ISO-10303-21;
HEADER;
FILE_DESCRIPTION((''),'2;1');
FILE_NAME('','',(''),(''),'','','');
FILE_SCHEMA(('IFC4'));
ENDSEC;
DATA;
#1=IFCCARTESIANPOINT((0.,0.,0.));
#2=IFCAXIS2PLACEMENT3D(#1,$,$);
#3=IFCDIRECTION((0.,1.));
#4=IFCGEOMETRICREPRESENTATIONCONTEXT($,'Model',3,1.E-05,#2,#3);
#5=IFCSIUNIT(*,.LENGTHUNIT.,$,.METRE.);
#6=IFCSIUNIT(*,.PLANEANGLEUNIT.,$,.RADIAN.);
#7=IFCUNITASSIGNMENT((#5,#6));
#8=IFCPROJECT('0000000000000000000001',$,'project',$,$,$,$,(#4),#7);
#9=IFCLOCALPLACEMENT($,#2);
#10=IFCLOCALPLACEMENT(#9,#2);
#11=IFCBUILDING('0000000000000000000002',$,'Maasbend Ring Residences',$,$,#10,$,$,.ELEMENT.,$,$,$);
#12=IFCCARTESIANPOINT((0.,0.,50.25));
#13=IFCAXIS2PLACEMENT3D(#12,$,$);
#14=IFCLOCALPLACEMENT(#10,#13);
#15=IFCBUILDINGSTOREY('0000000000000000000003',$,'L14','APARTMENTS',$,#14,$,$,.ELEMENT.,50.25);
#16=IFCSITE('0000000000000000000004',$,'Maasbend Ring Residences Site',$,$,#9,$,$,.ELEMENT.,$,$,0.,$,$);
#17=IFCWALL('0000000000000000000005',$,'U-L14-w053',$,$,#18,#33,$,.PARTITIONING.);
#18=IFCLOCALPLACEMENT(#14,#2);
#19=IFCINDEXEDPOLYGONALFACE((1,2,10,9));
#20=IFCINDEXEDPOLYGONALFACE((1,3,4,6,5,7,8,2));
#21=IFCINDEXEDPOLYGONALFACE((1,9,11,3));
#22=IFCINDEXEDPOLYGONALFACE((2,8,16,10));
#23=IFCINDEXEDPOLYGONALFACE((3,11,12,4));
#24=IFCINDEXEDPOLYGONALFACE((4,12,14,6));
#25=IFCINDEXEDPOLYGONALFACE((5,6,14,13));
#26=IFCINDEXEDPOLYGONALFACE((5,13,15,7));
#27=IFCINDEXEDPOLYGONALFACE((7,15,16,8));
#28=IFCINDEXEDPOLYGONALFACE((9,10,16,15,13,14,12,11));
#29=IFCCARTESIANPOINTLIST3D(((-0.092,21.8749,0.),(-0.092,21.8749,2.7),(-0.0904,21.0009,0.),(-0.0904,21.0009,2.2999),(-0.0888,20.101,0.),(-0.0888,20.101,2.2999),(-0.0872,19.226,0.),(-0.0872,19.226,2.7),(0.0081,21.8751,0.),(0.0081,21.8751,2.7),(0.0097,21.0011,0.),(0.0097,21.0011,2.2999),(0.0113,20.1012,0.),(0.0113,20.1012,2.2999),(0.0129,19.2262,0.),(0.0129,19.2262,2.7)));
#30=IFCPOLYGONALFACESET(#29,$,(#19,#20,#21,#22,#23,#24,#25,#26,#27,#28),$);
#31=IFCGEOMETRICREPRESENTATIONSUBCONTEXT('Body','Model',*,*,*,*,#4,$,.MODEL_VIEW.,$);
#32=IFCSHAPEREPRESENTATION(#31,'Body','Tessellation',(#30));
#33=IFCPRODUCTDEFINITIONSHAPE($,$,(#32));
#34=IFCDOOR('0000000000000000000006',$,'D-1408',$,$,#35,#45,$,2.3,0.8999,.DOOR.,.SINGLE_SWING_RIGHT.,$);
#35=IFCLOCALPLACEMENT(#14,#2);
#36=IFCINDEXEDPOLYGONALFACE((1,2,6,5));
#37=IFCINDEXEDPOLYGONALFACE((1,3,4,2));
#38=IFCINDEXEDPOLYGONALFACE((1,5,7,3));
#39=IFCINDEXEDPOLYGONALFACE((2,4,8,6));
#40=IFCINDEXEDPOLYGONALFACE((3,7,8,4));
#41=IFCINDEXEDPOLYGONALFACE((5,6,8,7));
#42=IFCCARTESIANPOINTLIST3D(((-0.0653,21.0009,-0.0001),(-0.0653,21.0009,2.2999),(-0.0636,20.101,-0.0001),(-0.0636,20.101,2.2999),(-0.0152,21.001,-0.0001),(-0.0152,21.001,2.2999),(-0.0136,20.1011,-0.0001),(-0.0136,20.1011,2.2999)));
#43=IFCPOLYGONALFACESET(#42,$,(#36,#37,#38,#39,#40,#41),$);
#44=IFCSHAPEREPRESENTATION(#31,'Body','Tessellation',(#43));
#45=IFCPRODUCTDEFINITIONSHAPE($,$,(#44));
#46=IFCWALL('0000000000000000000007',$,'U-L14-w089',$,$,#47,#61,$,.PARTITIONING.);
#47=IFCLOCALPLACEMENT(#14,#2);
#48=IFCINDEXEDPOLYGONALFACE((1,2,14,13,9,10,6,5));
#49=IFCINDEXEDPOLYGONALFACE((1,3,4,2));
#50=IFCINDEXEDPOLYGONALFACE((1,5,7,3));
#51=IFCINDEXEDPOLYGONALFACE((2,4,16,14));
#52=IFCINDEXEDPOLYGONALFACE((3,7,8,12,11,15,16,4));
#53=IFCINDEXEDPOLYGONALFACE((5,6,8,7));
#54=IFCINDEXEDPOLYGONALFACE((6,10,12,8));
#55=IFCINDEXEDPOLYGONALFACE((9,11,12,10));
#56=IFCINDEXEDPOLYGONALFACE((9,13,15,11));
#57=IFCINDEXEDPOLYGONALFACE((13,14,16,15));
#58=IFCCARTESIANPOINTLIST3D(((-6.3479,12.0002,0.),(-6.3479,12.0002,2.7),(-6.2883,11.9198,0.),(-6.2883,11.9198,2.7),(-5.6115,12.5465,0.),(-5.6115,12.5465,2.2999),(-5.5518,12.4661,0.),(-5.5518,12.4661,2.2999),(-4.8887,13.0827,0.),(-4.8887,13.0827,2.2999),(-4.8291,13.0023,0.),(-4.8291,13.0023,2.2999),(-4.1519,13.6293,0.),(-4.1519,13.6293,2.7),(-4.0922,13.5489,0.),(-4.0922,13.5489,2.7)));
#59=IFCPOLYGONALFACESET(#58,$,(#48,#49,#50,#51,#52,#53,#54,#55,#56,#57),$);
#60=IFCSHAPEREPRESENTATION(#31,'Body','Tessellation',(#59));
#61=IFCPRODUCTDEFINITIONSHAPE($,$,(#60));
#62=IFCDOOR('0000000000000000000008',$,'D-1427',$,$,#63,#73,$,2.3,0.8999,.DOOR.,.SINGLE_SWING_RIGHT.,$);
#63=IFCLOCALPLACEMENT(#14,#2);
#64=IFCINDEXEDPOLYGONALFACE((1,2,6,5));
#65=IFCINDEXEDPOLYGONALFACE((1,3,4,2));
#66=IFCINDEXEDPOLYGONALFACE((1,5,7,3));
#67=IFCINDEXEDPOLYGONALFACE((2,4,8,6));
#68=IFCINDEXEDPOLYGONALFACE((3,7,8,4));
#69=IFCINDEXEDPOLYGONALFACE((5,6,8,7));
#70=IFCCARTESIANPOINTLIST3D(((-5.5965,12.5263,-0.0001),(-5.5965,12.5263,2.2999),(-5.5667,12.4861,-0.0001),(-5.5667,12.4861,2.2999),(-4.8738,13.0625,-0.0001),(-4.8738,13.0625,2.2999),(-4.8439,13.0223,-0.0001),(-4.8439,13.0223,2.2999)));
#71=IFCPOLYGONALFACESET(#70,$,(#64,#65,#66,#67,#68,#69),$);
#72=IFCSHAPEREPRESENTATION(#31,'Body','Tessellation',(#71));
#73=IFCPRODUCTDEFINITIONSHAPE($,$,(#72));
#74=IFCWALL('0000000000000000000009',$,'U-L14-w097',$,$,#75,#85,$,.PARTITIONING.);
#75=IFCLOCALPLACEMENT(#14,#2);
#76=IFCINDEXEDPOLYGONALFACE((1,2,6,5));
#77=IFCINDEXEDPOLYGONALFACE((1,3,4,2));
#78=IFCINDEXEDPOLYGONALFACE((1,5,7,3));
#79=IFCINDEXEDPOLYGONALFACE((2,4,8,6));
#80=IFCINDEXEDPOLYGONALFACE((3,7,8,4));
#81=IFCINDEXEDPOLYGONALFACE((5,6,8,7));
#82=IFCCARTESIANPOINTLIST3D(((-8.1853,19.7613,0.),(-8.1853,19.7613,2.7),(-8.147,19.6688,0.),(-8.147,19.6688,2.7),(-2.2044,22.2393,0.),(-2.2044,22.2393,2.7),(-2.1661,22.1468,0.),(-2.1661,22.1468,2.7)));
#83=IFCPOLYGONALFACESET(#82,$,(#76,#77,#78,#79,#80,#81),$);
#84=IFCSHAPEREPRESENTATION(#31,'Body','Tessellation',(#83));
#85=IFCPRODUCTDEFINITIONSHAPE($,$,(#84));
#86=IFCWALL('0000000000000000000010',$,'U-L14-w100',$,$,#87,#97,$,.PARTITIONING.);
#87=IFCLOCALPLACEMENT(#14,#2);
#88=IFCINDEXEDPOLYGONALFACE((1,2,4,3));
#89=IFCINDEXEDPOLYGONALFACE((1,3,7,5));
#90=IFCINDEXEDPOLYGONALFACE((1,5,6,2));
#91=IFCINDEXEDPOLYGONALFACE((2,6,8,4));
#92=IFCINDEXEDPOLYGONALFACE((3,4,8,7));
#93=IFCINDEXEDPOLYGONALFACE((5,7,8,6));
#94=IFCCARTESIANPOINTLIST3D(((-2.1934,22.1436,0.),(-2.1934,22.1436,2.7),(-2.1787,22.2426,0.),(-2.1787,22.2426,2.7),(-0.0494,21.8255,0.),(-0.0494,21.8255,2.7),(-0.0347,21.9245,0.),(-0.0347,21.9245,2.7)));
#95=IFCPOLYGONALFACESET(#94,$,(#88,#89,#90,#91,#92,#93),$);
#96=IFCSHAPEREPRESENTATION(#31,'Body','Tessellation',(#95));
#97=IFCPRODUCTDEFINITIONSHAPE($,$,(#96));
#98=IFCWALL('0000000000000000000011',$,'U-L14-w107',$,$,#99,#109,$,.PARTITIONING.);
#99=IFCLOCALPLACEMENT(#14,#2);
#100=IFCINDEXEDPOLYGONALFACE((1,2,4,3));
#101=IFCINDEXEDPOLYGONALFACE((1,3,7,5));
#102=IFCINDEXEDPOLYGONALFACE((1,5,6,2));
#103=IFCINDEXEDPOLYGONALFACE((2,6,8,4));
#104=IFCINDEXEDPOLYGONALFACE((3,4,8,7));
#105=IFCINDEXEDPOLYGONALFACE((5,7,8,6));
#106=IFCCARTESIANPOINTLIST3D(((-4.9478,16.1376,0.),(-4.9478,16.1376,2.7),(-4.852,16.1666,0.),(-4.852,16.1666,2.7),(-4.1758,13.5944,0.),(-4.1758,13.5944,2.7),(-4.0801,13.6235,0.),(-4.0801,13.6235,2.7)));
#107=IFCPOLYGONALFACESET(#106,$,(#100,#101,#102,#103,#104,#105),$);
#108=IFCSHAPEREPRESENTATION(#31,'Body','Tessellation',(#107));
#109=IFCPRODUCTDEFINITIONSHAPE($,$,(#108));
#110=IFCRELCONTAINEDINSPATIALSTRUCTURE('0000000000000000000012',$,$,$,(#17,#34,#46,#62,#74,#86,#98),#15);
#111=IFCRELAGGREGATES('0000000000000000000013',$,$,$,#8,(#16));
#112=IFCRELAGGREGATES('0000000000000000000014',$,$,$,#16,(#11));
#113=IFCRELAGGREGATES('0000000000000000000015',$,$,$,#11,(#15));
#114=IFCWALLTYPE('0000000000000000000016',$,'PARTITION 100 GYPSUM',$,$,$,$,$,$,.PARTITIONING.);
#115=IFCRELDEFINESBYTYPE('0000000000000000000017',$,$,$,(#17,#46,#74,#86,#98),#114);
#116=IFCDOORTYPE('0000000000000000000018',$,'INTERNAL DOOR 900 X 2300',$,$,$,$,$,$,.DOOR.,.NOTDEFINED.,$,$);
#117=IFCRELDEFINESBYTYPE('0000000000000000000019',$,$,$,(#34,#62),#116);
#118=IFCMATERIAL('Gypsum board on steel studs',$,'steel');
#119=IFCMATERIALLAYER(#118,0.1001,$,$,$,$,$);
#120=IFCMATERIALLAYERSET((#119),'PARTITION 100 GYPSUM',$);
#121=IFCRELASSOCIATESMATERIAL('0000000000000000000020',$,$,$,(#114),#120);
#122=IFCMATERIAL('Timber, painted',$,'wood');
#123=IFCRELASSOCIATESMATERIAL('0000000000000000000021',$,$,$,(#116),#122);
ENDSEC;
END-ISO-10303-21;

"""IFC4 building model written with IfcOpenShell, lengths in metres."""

from ifc_helpers import new_model, si_unit, direction, frame, frame_2d, origin, place, context, subcontext, project, spatial, rectangle, extrude, material, layer, layer_set, type_object, element, fill, save


model = new_model("IFC4")

# Units and contexts
model_context = context("Model", 3, precision=1e-05, world=origin(), true_north=direction((0.0, 1.0)))
body_context = subcontext(model_context, "Body", "Model", "MODEL_VIEW")
ifc_project = project(units=[si_unit("LENGTHUNIT", "METRE"), si_unit("PLANEANGLEUNIT", "RADIAN")], contexts=[model_context])

# Site, building, storey
site_placement = place(None, origin())
site = spatial("IfcSite", under=ifc_project, at=site_placement, Name="Maasbend Ring Residences Site", CompositionType="ELEMENT", RefElevation=0.0)
building_placement = place(site_placement, origin())
building = spatial("IfcBuilding", under=site, at=building_placement, Name="Maasbend Ring Residences", CompositionType="ELEMENT")
storey_placement = place(building_placement, frame((0.0, 0.0, 50.25)))
storey = spatial("IfcBuildingStorey", under=building, at=storey_placement, Name="L14", Description="APARTMENTS", CompositionType="ELEMENT", Elevation=50.25)

# Shared definitions
ifc_material_1 = material(Name="Gypsum board on steel studs", Category="steel")
ifc_layer_1 = layer(ifc_material_1, 0.1001)
ifc_layer_set_1 = layer_set([ifc_layer_1], Name="PARTITION 100 GYPSUM")
wall_type_1 = type_object("IfcWallType", Name="PARTITION 100 GYPSUM", PredefinedType="PARTITIONING", material=ifc_layer_set_1)
ifc_material_2 = material(Name="Timber, painted", Category="wood")
door_type_1 = type_object("IfcDoorType", Name="INTERNAL DOOR 900 X 2300", OperationType="NOTDEFINED", PredefinedType="DOOR", material=ifc_material_2)

# Walls, openings, doors
wall_1_placement = place(storey_placement, frame((-0.0371, 19.2261, 0.0), z_axis=(0.0, 0.0, 1.0), x_axis=(-0.001843, 0.999998, 0.0)))
wall_1 = element("IfcWall", 1, at=wall_1_placement, inside=storey, type_object=wall_type_1, Name="U-L14-w053", PredefinedType="PARTITIONING", context=body_context, shape_type="SweptSolid", body=[
    extrude(rectangle(XDim=2.6489, YDim=0.1001, at=frame_2d((1.3245, 0.0))), origin(), (0.0, 0.0, 1.0), 2.7),
])
opening_1_placement = place(wall_1_placement, frame((0.875, 0.0, 0.0)))
opening_1 = element("IfcOpeningElement", 2, at=opening_1_placement, cuts=wall_1, PredefinedType="OPENING", context=body_context, shape_type="SweptSolid", body=[
    extrude(rectangle(XDim=0.8999, YDim=2.3, at=frame_2d((0.45, 1.1499))), frame((0.0, 0.0601, 0.0), z_axis=(0.0, -1.0, 0.0), x_axis=(1.0, 0.0, 0.0)), (0.0, 0.0, 1.0), 0.1201),
])
door_1_placement = place(opening_1_placement, origin())
door_1 = element("IfcDoor", 3, at=door_1_placement, inside=storey, type_object=door_type_1, Name="D-1408", OperationType="SINGLE_SWING_RIGHT", OverallHeight=2.3, OverallWidth=0.8999, PredefinedType="DOOR", context=body_context, shape_type="SweptSolid", body=[
    extrude(rectangle(XDim=0.8999, YDim=2.3, at=frame_2d((0.45, 1.1499))), frame((0.0, 0.0249, 0.0), z_axis=(0.0, -1.0, 0.0), x_axis=(1.0, 0.0, 0.0)), (0.0, 0.0, 1.0), 0.05),
])
fill(opening_1, door_1)
wall_2_placement = place(storey_placement, frame((-6.3181, 11.96, 0.0), z_axis=(0.0, 0.0, 1.0), x_axis=(0.803128, 0.595806, 0.0)))
wall_2 = element("IfcWall", 4, at=wall_2_placement, inside=storey, type_object=wall_type_1, Name="U-L14-w089", PredefinedType="PARTITIONING", context=body_context, shape_type="SweptSolid", body=[
    extrude(rectangle(XDim=2.7344, YDim=0.1001, at=frame_2d((1.3672, 0.0))), origin(), (0.0, 0.0, 1.0), 2.7),
])
opening_2_placement = place(wall_2_placement, frame((0.917, 0.0, 0.0)))
opening_2 = element("IfcOpeningElement", 5, at=opening_2_placement, cuts=wall_2, PredefinedType="OPENING", context=body_context, shape_type="SweptSolid", body=[
    extrude(rectangle(XDim=0.8999, YDim=2.3, at=frame_2d((0.45, 1.1499))), frame((0.0, 0.0601, 0.0), z_axis=(0.0, -1.0, 0.0), x_axis=(1.0, 0.0, 0.0)), (0.0, 0.0, 1.0), 0.1201),
])
door_2_placement = place(opening_2_placement, origin())
door_2 = element("IfcDoor", 6, at=door_2_placement, inside=storey, type_object=door_type_1, Name="D-1427", OperationType="SINGLE_SWING_RIGHT", OverallHeight=2.3, OverallWidth=0.8999, PredefinedType="DOOR", context=body_context, shape_type="SweptSolid", body=[
    extrude(rectangle(XDim=0.8999, YDim=2.3, at=frame_2d((0.45, 1.1499))), frame((0.0, 0.0249, 0.0), z_axis=(0.0, -1.0, 0.0), x_axis=(1.0, 0.0, 0.0)), (0.0, 0.0, 1.0), 0.05),
])
fill(opening_2, door_2)

# Walls
wall_3_placement = place(storey_placement, frame((-8.166, 19.7151, 0.0), z_axis=(0.0, 0.0, 1.0), x_axis=(0.923845, 0.382767, 0.0)))
element("IfcWall", 7, at=wall_3_placement, inside=storey, type_object=wall_type_1, Name="U-L14-w097", PredefinedType="PARTITIONING", context=body_context, shape_type="SweptSolid", body=[
    extrude(rectangle(XDim=6.4739, YDim=0.1001, at=frame_2d((3.2368, 0.0))), origin(), (0.0, 0.0, 1.0), 2.7),
])
wall_4_placement = place(storey_placement, frame((-2.186, 22.1931, 0.0), z_axis=(0.0, 0.0, 1.0), x_axis=(0.989171, -0.146765, 0.0)))
element("IfcWall", 8, at=wall_4_placement, inside=storey, type_object=wall_type_1, Name="U-L14-w100", PredefinedType="PARTITIONING", context=body_context, shape_type="SweptSolid", body=[
    extrude(rectangle(XDim=2.1675, YDim=0.1001, at=frame_2d((1.0837, 0.0))), origin(), (0.0, 0.0, 1.0), 2.7),
])
wall_5_placement = place(storey_placement, frame((-4.8999, 16.1521, 0.0), z_axis=(0.0, 0.0, 1.0), x_axis=(0.290456, -0.956888, 0.0)))
element("IfcWall", 9, at=wall_5_placement, inside=storey, type_object=wall_type_1, Name="U-L14-w107", PredefinedType="PARTITIONING", context=body_context, shape_type="SweptSolid", body=[
    extrude(rectangle(XDim=2.6577, YDim=0.1001, at=frame_2d((1.3289, 0.0))), origin(), (0.0, 0.0, 1.0), 2.7),
])

save(model, "model.ifc")
